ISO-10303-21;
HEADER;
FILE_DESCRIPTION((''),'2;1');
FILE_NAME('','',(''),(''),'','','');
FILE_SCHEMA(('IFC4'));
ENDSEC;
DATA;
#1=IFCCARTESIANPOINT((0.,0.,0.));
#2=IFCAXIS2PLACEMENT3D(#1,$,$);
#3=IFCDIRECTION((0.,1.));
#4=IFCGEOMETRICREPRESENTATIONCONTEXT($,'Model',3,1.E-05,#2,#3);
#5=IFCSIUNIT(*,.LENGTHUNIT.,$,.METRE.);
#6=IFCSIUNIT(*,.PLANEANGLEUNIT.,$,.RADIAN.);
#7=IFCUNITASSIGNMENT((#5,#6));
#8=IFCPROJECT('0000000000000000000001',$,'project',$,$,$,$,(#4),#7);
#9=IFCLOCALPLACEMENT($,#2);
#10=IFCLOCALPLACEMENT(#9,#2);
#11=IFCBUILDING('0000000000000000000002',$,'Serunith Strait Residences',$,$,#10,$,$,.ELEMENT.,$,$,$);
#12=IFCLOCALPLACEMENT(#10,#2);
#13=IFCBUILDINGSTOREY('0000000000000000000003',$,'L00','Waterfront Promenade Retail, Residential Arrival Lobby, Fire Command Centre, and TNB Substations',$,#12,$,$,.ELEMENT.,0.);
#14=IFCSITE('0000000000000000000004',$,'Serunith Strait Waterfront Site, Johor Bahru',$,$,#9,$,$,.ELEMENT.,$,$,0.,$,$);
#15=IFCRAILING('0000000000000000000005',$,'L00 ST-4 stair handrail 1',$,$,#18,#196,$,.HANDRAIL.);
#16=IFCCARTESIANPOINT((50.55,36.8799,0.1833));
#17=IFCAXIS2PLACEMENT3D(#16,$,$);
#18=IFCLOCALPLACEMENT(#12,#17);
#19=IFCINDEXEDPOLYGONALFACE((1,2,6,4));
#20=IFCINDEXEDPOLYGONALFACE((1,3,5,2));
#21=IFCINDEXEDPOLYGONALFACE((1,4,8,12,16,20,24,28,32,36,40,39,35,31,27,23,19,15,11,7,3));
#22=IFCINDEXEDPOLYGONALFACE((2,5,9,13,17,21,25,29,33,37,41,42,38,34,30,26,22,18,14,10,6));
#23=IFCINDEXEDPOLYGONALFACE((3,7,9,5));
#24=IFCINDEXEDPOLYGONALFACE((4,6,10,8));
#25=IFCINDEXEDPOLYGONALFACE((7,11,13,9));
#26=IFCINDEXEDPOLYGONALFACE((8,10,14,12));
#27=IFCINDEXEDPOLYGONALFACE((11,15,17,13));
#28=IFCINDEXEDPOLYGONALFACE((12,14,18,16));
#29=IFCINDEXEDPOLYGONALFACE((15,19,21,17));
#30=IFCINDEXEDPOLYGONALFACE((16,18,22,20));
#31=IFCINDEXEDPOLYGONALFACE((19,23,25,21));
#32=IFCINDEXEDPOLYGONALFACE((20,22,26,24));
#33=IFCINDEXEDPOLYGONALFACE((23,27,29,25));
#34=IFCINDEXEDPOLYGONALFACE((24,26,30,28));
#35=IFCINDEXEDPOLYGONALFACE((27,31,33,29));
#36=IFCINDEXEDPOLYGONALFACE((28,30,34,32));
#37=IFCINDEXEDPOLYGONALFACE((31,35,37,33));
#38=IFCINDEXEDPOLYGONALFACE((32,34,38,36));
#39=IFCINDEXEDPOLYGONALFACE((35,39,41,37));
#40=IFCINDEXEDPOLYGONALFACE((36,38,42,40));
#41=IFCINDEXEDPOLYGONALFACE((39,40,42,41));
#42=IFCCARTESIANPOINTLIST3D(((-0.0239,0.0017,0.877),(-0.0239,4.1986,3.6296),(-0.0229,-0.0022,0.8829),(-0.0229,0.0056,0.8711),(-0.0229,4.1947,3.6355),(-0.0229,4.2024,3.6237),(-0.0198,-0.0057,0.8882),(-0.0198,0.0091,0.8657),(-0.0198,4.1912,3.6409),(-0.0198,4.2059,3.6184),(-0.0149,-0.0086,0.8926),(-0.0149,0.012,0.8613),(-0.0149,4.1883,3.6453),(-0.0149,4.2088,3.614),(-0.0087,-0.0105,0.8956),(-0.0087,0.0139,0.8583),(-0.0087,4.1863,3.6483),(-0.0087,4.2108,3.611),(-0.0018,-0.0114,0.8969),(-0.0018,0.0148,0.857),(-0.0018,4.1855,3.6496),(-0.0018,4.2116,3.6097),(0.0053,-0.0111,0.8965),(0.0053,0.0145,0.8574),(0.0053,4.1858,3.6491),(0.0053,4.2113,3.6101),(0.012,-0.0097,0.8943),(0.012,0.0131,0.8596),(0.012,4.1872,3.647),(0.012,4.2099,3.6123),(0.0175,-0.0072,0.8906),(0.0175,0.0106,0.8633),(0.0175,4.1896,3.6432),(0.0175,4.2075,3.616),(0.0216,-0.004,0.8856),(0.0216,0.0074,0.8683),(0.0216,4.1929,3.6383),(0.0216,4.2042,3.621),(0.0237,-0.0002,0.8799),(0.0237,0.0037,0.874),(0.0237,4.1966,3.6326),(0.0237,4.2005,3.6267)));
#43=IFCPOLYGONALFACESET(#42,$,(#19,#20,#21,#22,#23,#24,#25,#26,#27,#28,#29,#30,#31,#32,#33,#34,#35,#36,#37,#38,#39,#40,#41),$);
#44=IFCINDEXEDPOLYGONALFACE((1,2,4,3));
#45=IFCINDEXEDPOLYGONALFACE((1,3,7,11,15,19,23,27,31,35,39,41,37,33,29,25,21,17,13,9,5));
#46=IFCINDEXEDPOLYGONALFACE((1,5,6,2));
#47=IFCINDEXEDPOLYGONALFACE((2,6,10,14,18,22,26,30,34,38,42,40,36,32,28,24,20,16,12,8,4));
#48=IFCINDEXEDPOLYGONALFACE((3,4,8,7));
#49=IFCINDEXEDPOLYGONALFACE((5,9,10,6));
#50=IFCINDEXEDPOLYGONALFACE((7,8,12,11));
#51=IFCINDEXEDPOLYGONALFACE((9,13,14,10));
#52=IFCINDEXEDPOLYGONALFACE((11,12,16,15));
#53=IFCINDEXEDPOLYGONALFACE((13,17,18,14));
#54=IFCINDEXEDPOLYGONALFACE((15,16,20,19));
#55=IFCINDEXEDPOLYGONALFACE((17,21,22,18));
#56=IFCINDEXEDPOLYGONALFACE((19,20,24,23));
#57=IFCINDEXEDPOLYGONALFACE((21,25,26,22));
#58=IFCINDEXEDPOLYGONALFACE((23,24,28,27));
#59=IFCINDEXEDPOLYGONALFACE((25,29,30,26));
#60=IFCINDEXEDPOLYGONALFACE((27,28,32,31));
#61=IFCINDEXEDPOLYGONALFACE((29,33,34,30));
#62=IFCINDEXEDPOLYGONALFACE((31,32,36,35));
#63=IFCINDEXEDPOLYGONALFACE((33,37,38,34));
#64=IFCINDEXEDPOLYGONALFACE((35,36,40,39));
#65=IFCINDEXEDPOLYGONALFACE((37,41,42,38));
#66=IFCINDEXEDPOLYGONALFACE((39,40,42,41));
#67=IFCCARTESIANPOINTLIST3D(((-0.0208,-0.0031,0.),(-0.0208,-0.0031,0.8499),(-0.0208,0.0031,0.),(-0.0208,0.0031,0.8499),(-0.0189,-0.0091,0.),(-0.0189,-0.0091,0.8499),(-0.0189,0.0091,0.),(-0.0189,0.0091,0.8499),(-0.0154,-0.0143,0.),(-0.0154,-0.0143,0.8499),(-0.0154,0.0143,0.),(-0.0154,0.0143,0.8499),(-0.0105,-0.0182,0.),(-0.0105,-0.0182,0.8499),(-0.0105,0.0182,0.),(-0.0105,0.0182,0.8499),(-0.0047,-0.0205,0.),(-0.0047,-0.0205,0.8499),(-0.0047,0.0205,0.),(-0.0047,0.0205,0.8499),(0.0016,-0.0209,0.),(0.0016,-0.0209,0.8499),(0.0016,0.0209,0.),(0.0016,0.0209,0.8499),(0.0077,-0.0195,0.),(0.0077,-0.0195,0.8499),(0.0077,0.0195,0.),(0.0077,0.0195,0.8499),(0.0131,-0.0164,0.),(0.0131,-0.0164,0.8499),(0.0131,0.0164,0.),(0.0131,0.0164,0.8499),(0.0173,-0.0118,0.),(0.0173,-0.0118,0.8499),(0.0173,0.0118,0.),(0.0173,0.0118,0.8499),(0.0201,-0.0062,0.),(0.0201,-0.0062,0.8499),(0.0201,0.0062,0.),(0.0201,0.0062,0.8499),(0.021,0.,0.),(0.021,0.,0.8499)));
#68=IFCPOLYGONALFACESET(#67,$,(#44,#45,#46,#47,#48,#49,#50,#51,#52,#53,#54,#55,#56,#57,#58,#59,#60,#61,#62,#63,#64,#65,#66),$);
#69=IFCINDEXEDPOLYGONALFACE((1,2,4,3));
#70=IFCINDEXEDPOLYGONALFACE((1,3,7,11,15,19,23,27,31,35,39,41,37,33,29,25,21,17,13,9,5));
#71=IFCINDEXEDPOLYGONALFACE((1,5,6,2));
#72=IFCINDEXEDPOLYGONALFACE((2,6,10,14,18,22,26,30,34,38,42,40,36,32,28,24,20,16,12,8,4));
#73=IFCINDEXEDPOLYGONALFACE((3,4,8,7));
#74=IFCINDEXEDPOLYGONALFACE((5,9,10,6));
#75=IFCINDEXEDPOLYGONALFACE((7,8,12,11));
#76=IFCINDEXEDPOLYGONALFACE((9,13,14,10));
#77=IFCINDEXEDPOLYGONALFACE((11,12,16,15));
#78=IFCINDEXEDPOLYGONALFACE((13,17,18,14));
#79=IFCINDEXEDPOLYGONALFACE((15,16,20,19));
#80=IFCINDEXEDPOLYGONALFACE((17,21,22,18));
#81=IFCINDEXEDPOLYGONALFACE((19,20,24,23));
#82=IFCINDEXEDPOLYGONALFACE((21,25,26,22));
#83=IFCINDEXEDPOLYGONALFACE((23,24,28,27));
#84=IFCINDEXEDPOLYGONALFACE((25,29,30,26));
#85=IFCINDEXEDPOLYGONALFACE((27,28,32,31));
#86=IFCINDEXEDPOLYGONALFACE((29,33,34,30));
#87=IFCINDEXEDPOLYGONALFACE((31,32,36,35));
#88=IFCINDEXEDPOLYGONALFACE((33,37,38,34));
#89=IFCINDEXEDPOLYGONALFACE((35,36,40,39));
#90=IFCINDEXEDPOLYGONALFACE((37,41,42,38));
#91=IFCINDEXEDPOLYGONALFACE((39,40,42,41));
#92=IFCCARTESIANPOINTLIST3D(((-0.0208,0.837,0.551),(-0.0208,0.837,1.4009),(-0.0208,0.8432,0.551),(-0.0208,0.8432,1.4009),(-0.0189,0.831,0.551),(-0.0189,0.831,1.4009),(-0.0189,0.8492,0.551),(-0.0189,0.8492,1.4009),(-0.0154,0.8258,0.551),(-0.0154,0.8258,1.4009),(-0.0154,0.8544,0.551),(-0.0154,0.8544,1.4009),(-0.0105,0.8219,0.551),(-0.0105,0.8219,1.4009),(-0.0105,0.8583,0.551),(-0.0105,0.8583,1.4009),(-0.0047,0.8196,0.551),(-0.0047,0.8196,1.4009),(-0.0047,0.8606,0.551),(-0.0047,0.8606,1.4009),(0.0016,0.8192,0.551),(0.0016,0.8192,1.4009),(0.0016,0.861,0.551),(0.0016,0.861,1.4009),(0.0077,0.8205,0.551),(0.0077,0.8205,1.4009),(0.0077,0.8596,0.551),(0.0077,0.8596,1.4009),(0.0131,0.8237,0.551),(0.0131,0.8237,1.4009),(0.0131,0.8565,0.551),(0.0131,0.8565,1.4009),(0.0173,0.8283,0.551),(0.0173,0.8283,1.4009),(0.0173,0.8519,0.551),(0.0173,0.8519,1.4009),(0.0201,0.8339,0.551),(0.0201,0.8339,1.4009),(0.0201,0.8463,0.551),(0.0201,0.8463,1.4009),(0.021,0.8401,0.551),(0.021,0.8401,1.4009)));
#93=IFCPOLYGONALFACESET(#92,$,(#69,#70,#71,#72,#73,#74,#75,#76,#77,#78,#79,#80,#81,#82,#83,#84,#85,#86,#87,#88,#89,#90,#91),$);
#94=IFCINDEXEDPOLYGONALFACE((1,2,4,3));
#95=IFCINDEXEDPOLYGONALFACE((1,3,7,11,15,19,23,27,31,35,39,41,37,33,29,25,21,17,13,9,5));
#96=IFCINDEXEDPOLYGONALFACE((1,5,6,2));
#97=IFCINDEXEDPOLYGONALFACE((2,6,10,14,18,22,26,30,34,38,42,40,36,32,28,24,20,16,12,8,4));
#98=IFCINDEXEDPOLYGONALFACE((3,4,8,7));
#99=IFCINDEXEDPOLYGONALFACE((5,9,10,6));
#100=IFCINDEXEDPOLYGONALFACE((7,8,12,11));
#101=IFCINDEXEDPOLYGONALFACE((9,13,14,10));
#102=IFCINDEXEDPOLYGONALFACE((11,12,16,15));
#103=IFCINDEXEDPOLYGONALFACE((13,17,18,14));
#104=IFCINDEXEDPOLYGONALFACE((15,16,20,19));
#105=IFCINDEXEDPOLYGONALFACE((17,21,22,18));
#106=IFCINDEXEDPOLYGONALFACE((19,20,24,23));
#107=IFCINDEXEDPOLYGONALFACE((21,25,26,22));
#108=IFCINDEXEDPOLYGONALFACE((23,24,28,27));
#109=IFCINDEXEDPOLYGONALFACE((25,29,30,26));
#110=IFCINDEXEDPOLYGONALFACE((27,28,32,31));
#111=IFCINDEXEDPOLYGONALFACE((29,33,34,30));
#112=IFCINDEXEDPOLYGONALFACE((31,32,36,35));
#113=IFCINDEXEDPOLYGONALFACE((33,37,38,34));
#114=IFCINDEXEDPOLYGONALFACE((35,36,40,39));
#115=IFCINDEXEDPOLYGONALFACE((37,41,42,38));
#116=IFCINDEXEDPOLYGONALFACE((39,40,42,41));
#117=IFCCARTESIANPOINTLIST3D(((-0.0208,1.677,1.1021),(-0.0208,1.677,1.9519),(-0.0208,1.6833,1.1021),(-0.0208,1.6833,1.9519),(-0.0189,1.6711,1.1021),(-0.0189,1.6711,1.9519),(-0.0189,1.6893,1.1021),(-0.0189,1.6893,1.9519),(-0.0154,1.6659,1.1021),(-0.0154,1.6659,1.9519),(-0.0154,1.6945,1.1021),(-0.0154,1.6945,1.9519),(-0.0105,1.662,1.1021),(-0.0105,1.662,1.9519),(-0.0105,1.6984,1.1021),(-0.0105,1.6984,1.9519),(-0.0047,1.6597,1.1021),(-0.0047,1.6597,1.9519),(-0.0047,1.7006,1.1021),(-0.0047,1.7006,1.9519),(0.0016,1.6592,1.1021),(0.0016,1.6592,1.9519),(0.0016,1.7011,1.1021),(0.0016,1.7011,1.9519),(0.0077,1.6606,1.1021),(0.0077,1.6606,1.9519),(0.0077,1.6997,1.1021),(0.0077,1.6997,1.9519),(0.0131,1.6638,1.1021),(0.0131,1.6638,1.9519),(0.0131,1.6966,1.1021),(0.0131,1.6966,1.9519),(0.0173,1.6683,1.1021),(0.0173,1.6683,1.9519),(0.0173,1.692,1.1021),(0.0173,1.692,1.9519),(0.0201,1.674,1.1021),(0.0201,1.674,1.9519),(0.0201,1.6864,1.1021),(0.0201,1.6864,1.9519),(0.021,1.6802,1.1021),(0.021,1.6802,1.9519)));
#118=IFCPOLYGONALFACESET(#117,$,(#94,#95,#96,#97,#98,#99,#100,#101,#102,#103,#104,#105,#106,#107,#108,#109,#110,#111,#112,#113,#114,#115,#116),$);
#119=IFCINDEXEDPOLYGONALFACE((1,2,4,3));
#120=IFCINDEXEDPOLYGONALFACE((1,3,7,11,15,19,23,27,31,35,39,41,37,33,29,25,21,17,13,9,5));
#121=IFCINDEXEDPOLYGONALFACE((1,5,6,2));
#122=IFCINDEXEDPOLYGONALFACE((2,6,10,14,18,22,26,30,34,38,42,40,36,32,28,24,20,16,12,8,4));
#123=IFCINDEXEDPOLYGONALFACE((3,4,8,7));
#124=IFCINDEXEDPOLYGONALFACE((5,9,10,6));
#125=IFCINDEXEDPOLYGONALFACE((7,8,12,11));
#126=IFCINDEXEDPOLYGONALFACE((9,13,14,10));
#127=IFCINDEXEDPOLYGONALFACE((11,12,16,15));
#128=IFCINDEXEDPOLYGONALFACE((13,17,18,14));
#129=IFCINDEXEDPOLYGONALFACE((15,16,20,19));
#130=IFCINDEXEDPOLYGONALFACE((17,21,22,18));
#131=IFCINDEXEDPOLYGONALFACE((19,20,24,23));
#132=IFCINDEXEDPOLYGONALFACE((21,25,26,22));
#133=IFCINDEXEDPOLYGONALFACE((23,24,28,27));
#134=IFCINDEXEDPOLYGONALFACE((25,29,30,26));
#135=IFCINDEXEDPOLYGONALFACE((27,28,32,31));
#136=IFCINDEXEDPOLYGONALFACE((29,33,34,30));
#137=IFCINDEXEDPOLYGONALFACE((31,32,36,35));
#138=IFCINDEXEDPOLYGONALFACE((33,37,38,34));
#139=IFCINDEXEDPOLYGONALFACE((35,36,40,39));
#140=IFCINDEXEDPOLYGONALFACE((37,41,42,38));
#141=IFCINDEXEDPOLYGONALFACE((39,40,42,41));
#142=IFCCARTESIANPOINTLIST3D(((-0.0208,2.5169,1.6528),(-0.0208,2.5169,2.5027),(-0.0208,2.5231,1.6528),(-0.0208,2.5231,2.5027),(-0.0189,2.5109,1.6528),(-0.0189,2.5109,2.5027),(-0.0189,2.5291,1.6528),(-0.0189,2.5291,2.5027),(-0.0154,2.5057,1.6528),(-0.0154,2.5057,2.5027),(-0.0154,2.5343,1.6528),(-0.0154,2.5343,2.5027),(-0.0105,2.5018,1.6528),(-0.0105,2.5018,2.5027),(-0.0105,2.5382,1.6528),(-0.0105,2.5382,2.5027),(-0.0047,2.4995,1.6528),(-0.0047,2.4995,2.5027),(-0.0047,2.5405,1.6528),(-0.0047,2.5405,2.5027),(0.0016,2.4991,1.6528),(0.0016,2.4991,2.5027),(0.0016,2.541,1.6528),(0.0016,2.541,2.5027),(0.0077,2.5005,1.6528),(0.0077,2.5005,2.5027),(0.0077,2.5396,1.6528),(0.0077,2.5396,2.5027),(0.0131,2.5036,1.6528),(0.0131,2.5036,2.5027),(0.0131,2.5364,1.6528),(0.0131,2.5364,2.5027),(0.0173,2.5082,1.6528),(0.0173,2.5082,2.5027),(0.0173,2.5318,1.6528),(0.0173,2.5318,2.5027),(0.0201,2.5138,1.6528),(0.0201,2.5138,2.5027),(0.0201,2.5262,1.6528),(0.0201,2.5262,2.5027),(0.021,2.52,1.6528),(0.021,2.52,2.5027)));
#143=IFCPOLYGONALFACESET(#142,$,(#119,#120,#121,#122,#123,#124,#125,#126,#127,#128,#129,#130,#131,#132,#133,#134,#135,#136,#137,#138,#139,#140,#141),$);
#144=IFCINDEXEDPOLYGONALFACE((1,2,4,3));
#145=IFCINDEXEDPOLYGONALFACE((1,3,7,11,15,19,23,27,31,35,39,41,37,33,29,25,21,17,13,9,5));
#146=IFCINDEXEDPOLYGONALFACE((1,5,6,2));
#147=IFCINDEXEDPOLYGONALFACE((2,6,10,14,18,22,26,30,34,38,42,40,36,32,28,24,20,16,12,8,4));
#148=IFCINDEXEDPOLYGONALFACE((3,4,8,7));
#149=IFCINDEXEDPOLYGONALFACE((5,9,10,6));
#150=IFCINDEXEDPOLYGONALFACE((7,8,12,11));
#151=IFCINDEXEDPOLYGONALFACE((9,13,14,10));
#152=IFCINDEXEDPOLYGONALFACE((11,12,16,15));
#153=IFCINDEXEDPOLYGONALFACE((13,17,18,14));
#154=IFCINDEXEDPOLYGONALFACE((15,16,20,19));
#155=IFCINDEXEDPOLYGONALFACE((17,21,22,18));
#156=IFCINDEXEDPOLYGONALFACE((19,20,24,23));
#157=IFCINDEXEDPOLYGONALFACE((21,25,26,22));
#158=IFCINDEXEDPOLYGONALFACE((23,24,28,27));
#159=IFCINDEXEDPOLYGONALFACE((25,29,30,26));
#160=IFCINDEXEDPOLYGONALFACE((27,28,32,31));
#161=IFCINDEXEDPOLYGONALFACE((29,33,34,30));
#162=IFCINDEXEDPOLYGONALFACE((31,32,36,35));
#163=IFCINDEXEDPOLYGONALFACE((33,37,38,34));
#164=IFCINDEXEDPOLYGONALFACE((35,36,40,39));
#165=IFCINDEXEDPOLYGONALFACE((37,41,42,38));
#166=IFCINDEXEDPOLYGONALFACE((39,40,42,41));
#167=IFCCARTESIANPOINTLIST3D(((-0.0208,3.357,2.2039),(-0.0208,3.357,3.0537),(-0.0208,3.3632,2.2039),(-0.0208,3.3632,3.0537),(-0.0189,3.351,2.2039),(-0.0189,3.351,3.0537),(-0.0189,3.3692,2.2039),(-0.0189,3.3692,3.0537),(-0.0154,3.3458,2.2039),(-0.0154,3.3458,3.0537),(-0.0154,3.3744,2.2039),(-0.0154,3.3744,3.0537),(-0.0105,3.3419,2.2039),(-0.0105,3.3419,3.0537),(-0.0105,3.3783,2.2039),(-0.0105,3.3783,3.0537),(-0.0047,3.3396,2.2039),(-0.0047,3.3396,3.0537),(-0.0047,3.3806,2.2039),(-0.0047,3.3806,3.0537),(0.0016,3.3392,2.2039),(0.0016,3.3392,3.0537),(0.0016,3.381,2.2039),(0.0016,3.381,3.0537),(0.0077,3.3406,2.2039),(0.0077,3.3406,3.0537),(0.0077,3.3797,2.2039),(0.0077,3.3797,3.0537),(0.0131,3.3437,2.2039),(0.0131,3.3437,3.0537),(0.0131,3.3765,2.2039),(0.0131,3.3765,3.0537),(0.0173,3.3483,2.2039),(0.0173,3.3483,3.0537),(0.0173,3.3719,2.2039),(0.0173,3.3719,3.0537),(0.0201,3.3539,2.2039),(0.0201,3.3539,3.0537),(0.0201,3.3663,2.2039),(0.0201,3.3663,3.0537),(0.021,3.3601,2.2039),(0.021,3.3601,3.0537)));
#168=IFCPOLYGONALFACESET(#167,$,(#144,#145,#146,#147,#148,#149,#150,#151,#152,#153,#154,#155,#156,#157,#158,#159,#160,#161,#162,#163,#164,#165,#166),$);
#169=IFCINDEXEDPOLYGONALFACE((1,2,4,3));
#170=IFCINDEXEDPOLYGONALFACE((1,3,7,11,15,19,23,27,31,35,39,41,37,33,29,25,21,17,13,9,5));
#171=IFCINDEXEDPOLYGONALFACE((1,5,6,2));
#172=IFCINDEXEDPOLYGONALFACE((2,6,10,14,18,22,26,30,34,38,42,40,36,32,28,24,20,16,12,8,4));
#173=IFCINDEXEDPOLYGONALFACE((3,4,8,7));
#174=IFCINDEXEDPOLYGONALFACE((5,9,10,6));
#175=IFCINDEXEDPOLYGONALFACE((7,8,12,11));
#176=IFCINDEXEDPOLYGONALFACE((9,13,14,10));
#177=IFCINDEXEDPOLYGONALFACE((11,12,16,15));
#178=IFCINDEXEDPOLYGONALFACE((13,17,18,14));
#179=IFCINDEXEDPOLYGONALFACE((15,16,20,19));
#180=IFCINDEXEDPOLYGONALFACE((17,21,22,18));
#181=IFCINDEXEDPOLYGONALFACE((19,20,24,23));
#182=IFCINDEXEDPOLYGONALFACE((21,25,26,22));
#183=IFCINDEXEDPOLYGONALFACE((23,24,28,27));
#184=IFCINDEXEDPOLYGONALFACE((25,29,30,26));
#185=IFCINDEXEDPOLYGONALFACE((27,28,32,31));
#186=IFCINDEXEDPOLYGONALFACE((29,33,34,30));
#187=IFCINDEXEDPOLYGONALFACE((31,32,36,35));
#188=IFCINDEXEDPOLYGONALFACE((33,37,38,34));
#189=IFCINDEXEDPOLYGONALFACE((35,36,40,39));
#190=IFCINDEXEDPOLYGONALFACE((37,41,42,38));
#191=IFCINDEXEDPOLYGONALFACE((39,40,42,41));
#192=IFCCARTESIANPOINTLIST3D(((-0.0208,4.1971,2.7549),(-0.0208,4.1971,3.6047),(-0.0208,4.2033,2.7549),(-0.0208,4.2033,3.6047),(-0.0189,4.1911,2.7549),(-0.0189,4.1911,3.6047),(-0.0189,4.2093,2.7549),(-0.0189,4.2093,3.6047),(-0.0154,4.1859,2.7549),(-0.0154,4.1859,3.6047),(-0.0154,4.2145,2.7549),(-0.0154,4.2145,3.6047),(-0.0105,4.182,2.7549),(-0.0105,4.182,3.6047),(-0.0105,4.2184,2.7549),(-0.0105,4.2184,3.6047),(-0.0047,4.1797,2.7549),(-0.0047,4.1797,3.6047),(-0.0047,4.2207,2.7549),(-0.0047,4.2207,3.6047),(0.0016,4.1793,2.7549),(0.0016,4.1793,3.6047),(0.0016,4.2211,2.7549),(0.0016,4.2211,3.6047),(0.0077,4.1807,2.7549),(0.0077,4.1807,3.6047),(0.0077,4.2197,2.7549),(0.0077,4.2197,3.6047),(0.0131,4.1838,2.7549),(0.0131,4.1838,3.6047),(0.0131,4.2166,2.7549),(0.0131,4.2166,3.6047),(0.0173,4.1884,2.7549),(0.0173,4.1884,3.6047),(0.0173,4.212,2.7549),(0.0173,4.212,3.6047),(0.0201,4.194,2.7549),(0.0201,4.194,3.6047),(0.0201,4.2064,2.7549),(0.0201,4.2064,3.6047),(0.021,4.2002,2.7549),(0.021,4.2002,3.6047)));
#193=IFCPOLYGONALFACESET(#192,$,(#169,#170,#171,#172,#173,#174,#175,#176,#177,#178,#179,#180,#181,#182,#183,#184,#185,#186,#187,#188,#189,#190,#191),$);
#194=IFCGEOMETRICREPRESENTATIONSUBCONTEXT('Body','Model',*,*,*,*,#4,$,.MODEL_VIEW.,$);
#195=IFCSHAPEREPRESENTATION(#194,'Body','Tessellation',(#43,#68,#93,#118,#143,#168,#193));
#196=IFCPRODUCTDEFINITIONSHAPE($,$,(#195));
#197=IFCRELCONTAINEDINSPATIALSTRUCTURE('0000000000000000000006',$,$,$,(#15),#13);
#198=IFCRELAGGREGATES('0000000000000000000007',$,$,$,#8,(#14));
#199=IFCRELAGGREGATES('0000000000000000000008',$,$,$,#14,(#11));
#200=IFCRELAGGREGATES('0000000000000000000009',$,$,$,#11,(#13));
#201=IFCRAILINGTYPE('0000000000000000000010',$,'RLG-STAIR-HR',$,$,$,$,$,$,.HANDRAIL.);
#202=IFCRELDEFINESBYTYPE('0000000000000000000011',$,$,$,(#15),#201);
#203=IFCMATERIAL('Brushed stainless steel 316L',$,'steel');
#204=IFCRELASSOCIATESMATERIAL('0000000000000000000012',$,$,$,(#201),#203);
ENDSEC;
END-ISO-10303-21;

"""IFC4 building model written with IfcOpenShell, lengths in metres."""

from ifc_helpers import new_model, si_unit, direction, frame, origin, origin_2d, place, context, subcontext, project, spatial, circle, extrude, material, type_object, element, save


model = new_model("IFC4")

# Units and contexts
model_context = context("Model", 3, precision=1e-05, world=origin(), true_north=direction((0.0, 1.0)))
body_context = subcontext(model_context, "Body", "Model", "MODEL_VIEW")
ifc_project = project(units=[si_unit("LENGTHUNIT", "METRE"), si_unit("PLANEANGLEUNIT", "RADIAN")], contexts=[model_context])

# Site, building, storey
site_placement = place(None, origin())
site = spatial("IfcSite", under=ifc_project, at=site_placement, Name="Serunith Strait Waterfront Site, Johor Bahru", CompositionType="ELEMENT", RefElevation=0.0)
building_placement = place(site_placement, origin())
building = spatial("IfcBuilding", under=site, at=building_placement, Name="Serunith Strait Residences", CompositionType="ELEMENT")
storey_placement = place(building_placement, origin())
storey = spatial("IfcBuildingStorey", under=building, at=storey_placement, Name="L00", Description="Waterfront Promenade Retail, Residential Arrival Lobby, Fire Command Centre, and TNB Substations", CompositionType="ELEMENT", Elevation=0.0)

# Railing
ifc_material_1 = material(Name="Brushed stainless steel 316L", Category="steel")
railing_type_1 = type_object("IfcRailingType", Name="RLG-STAIR-HR", PredefinedType="HANDRAIL", material=ifc_material_1)
railing_1_placement = place(storey_placement, frame((50.55, 36.8799, 0.1833)))
element("IfcRailing", 1, at=railing_1_placement, inside=storey, type_object=railing_type_1, Name="L00 ST-4 stair handrail 1", PredefinedType="HANDRAIL", context=body_context, shape_type="SweptSolid", body=[
    extrude(circle(Radius=0.0239, at=origin_2d()), frame((0.0, 0.0017, 0.877), z_axis=(0.0, 0.836184, 0.548448), x_axis=(-1.0, 0.0, 0.0)), (0.0, 0.0, 1.0), 5.019),
    extrude(circle(Radius=0.021, at=origin_2d()), origin(), (0.0, 0.0, 1.0), 0.8499),
    extrude(circle(Radius=0.021, at=origin_2d()), frame((0.0, 0.8401, 0.551)), (0.0, 0.0, 1.0), 0.8499),
    extrude(circle(Radius=0.021, at=origin_2d()), frame((0.0, 1.6802, 1.1021)), (0.0, 0.0, 1.0), 0.8499),
    extrude(circle(Radius=0.021, at=origin_2d()), frame((0.0, 2.52, 1.6528)), (0.0, 0.0, 1.0), 0.8499),
    extrude(circle(Radius=0.021, at=origin_2d()), frame((0.0, 3.3601, 2.2039)), (0.0, 0.0, 1.0), 0.8499),
    extrude(circle(Radius=0.021, at=origin_2d()), frame((0.0, 4.2002, 2.7549)), (0.0, 0.0, 1.0), 0.8499),
])

save(model, "model.ifc")
